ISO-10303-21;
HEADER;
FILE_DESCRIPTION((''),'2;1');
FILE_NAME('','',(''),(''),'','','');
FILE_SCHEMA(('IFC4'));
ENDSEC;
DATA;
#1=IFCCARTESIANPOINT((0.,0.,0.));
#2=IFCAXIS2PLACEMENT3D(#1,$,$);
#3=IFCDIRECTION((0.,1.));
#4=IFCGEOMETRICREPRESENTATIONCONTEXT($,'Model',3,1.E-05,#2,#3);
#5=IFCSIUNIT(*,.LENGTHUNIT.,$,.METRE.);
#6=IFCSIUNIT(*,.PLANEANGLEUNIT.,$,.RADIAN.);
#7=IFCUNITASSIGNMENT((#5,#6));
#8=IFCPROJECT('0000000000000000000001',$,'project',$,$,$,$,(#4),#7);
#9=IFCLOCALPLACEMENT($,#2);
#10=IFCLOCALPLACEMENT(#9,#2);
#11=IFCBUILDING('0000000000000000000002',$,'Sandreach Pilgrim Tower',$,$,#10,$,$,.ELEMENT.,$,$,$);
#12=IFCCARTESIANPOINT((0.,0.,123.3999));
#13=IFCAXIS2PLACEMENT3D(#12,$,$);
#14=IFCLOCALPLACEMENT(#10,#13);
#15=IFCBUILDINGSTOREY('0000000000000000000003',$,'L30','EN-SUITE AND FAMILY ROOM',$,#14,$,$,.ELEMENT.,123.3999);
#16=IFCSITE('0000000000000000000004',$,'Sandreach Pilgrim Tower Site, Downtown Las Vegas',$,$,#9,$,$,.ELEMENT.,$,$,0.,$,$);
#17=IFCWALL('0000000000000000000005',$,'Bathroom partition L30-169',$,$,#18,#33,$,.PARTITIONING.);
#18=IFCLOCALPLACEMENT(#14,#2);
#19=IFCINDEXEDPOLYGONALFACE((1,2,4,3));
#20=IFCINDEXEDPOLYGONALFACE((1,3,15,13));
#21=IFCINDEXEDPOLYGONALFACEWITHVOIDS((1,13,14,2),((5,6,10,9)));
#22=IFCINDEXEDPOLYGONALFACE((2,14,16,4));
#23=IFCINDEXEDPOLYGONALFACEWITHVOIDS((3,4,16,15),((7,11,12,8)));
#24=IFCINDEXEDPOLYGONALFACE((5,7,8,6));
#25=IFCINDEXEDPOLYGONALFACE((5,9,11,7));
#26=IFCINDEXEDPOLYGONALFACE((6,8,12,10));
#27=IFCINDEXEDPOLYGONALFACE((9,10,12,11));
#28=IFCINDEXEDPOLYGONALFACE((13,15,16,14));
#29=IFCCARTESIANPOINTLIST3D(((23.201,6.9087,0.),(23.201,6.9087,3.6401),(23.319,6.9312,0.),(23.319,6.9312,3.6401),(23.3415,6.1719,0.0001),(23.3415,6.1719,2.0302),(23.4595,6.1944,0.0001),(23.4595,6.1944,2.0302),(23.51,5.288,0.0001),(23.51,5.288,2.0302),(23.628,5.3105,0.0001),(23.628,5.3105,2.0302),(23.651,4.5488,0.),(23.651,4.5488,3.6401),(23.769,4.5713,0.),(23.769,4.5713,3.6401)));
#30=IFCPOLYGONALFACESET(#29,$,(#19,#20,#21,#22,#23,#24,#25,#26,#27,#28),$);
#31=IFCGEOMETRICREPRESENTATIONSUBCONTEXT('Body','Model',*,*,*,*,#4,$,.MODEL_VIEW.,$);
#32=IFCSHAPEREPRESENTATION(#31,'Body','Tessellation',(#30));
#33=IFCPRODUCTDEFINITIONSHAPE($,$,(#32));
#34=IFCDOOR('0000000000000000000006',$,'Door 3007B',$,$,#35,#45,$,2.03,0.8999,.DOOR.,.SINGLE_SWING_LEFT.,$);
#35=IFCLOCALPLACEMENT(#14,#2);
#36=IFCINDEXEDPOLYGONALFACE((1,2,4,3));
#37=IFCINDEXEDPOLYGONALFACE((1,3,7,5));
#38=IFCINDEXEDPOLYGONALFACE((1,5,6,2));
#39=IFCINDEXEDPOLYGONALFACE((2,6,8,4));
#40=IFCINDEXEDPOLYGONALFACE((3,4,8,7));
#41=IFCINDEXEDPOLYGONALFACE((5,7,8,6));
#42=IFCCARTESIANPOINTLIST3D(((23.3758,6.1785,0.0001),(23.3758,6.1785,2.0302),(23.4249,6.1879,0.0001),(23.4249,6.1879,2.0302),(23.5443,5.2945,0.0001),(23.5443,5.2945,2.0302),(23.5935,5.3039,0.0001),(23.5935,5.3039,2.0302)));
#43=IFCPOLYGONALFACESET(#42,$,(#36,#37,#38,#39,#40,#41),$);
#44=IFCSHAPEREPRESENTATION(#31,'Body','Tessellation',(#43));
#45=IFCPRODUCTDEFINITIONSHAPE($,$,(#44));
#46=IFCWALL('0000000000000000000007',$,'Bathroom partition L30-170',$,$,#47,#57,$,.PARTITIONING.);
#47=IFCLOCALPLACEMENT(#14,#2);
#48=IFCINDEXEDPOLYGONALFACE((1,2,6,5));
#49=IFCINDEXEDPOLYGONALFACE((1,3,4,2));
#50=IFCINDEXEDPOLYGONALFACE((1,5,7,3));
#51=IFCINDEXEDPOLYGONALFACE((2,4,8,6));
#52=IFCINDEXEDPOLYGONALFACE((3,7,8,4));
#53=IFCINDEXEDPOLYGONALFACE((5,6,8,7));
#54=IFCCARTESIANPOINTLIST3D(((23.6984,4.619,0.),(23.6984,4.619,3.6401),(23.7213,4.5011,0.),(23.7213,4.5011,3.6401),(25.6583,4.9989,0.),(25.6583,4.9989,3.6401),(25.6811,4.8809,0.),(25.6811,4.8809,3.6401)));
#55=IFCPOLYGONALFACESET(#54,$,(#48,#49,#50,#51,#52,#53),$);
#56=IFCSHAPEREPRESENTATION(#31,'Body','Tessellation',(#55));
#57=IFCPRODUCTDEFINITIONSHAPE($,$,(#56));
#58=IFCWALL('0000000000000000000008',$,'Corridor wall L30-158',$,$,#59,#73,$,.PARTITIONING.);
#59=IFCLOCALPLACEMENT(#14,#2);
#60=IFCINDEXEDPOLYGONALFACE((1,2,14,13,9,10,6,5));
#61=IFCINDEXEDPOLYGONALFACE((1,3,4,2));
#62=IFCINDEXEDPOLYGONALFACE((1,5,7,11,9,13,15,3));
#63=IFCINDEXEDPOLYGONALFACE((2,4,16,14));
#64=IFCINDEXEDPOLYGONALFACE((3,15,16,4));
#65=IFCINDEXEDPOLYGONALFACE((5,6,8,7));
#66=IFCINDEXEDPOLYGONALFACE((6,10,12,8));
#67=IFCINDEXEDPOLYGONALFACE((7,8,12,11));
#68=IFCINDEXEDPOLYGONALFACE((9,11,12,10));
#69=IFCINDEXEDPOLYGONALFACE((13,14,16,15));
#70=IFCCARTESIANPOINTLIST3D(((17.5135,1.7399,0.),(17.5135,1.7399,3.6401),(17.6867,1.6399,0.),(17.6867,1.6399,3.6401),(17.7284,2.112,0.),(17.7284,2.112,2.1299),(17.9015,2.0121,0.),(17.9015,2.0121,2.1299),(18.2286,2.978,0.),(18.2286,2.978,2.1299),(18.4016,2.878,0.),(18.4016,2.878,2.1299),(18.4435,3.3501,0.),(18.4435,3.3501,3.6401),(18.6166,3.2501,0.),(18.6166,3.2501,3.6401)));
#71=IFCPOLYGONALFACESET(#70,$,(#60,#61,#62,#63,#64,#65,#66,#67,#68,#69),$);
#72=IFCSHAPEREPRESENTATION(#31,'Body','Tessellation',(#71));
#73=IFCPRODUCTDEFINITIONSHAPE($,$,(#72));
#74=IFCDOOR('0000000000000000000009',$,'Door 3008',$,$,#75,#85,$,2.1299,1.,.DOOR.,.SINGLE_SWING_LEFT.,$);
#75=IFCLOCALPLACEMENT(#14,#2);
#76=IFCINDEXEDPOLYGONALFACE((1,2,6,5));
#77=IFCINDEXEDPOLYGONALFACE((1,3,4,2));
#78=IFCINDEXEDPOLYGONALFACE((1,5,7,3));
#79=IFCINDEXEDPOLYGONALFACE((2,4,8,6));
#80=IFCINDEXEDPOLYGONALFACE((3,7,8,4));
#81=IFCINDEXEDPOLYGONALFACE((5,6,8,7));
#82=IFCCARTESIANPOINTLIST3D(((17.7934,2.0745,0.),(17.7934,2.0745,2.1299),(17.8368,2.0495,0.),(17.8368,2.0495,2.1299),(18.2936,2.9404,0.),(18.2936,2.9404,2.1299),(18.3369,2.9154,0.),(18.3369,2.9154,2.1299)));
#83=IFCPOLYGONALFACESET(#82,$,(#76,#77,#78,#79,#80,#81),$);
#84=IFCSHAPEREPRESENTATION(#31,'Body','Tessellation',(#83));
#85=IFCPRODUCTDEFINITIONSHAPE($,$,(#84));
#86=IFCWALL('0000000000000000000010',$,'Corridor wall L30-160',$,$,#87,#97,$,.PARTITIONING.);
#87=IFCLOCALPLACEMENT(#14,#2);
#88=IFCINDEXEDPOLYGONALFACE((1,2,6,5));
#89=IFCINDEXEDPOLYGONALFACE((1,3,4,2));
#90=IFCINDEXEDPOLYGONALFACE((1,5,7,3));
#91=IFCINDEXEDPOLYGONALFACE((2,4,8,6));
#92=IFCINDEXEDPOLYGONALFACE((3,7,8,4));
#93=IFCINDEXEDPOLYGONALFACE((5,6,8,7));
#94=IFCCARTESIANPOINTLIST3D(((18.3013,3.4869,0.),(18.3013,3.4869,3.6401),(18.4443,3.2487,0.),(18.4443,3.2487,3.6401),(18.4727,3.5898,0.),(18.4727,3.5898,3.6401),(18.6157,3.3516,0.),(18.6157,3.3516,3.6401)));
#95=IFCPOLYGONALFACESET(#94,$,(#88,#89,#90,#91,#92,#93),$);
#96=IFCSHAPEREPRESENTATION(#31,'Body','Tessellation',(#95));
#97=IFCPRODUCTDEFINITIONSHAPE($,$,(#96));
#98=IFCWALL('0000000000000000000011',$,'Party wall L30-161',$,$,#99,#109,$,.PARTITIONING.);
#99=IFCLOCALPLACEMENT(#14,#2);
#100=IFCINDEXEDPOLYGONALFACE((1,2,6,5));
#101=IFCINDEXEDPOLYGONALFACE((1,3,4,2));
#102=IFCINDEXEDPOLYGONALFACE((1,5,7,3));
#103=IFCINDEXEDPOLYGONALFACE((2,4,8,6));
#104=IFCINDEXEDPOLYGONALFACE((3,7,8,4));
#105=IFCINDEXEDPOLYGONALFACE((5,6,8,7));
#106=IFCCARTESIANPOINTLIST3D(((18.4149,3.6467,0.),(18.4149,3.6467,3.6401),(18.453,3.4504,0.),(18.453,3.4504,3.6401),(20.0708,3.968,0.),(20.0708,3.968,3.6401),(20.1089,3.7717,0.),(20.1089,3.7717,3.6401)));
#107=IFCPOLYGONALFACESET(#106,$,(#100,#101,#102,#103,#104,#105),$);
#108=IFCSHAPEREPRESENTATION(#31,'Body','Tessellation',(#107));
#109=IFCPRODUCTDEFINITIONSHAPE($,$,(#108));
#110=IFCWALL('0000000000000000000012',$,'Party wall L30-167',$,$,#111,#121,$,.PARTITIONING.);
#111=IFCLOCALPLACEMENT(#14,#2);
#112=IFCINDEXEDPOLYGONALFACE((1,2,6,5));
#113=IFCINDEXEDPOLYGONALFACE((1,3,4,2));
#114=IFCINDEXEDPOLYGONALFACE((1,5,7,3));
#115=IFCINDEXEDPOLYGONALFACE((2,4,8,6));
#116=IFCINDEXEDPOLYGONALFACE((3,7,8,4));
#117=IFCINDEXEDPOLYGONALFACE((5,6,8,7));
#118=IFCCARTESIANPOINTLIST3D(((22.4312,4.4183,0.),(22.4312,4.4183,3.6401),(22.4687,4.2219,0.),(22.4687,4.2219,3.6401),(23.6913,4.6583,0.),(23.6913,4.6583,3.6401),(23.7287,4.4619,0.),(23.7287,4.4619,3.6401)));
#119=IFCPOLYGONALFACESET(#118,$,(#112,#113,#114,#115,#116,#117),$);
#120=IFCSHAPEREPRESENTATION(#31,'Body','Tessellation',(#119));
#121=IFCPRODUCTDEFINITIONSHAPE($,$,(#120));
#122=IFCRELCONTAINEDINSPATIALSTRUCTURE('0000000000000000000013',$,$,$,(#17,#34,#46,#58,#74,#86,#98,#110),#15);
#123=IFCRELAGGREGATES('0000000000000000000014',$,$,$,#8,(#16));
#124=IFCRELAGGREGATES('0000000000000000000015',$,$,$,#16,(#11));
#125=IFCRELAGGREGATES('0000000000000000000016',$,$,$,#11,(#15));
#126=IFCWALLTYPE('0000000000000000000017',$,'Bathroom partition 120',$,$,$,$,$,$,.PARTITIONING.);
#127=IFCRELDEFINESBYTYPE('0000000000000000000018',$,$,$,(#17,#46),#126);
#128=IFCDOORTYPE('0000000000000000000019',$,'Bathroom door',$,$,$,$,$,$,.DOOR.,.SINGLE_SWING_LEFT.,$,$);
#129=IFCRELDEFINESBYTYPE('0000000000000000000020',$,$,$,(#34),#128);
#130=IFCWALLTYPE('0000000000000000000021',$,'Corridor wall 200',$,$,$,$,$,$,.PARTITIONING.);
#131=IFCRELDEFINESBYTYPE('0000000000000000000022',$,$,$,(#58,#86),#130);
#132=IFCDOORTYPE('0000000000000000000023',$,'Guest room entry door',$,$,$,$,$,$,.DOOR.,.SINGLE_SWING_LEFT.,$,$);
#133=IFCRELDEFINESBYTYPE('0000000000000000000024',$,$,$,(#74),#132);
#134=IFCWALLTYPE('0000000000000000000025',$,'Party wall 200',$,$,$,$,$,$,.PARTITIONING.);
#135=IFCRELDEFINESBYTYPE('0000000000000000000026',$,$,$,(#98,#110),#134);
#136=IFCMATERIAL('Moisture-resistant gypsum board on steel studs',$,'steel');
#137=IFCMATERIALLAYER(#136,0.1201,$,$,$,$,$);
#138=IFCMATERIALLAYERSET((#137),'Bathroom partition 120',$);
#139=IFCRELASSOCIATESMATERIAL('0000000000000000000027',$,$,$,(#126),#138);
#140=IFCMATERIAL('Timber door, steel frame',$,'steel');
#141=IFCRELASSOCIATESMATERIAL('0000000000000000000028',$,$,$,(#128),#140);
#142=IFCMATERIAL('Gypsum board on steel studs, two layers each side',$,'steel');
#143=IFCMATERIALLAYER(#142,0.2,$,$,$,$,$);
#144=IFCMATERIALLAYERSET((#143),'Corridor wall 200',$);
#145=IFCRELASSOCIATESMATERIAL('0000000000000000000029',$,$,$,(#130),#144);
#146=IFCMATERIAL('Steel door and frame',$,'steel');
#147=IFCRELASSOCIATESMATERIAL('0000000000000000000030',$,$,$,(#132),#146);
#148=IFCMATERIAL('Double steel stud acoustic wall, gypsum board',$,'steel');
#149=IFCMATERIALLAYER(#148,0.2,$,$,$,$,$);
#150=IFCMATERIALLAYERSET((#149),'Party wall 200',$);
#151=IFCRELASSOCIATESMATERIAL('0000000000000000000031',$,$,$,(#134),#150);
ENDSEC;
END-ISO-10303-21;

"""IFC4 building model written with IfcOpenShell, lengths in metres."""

from ifc_helpers import new_model, si_unit, direction, frame, frame_2d, origin, place, context, subcontext, project, spatial, rectangle, extrude, material, layer, layer_set, type_object, element, fill, save


model = new_model("IFC4")

# Units and contexts
model_context = context("Model", 3, precision=1e-05, world=origin(), true_north=direction((0.0, 1.0)))
body_context = subcontext(model_context, "Body", "Model", "MODEL_VIEW")
ifc_project = project(units=[si_unit("LENGTHUNIT", "METRE"), si_unit("PLANEANGLEUNIT", "RADIAN")], contexts=[model_context])

# Site, building, storey
site_placement = place(None, origin())
site = spatial("IfcSite", under=ifc_project, at=site_placement, Name="Sandreach Pilgrim Tower Site, Downtown Las Vegas", CompositionType="ELEMENT", RefElevation=0.0)
building_placement = place(site_placement, origin())
building = spatial("IfcBuilding", under=site, at=building_placement, Name="Sandreach Pilgrim Tower", CompositionType="ELEMENT")
storey_placement = place(building_placement, frame((0.0, 0.0, 123.3999)))
storey = spatial("IfcBuildingStorey", under=building, at=storey_placement, Name="L30", Description="EN-SUITE AND FAMILY ROOM", CompositionType="ELEMENT", Elevation=123.3999)

# Shared definitions
ifc_material_1 = material(Name="Moisture-resistant gypsum board on steel studs", Category="steel")
ifc_layer_1 = layer(ifc_material_1, 0.1201)
ifc_layer_set_1 = layer_set([ifc_layer_1], Name="Bathroom partition 120")
wall_type_1 = type_object("IfcWallType", Name="Bathroom partition 120", PredefinedType="PARTITIONING", material=ifc_layer_set_1)

# Shared definitions
ifc_material_2 = material(Name="Timber door, steel frame", Category="steel")
door_type_1 = type_object("IfcDoorType", Name="Bathroom door", OperationType="SINGLE_SWING_LEFT", PredefinedType="DOOR", material=ifc_material_2)

# Wall, opening, door
wall_1_placement = place(storey_placement, frame((23.26, 6.9199, 0.0), z_axis=(0.0, 0.0, 1.0), x_axis=(0.187294, -0.982304, 0.0)))
wall_1 = element("IfcWall", 1, at=wall_1_placement, inside=storey, type_object=wall_type_1, Name="Bathroom partition L30-169", PredefinedType="PARTITIONING", context=body_context, shape_type="SweptSolid", body=[
    extrude(rectangle(XDim=2.4023, YDim=0.1201, at=frame_2d((1.2012, 0.0))), origin(), (0.0, 0.0, 1.0), 3.6401),
])
opening_1_placement = place(wall_1_placement, frame((0.75, 0.0, 0.0)))
opening_1 = element("IfcOpeningElement", 2, at=opening_1_placement, cuts=wall_1, PredefinedType="OPENING", context=body_context, shape_type="SweptSolid", body=[
    extrude(rectangle(XDim=0.8999, YDim=2.03, at=frame_2d((0.45, 1.0151))), frame((0.0, 0.0601, 0.0), z_axis=(0.0, -1.0, 0.0), x_axis=(1.0, 0.0, 0.0)), (0.0, 0.0, 1.0), 0.1201),
])
door_1_placement = place(opening_1_placement, origin())
door_1 = element("IfcDoor", 3, at=door_1_placement, inside=storey, type_object=door_type_1, Name="Door 3007B", OperationType="SINGLE_SWING_LEFT", OverallHeight=2.03, OverallWidth=0.8999, PredefinedType="DOOR", context=body_context, shape_type="SweptSolid", body=[
    extrude(rectangle(XDim=0.8999, YDim=2.03, at=frame_2d((0.45, 1.0151))), frame((0.0, 0.0249, 0.0), z_axis=(0.0, -1.0, 0.0), x_axis=(1.0, 0.0, 0.0)), (0.0, 0.0, 1.0), 0.05),
])
fill(opening_1, door_1)

# Wall
wall_2_placement = place(storey_placement, frame((23.71, 4.5601, 0.0), z_axis=(0.0, 0.0, 1.0), x_axis=(0.98173, 0.19028, 0.0)))
element("IfcWall", 4, at=wall_2_placement, inside=storey, type_object=wall_type_1, Name="Bathroom partition L30-170", PredefinedType="PARTITIONING", context=body_context, shape_type="SweptSolid", body=[
    extrude(rectangle(XDim=1.9963, YDim=0.1201, at=frame_2d((0.998, 0.0))), origin(), (0.0, 0.0, 1.0), 3.6401),
])

# Wall, opening, door
ifc_material_3 = material(Name="Gypsum board on steel studs, two layers each side", Category="steel")
ifc_layer_2 = layer(ifc_material_3, 0.2)
ifc_layer_set_2 = layer_set([ifc_layer_2], Name="Corridor wall 200")
wall_type_2 = type_object("IfcWallType", Name="Corridor wall 200", PredefinedType="PARTITIONING", material=ifc_layer_set_2)
ifc_material_4 = material(Name="Steel door and frame", Category="steel")
door_type_2 = type_object("IfcDoorType", Name="Guest room entry door", OperationType="SINGLE_SWING_LEFT", PredefinedType="DOOR", material=ifc_material_4)
wall_3_placement = place(storey_placement, frame((17.6001, 1.6899, 0.0), z_axis=(0.0, 0.0, 1.0), x_axis=(0.500135, 0.865947, 0.0)))
wall_3 = element("IfcWall", 5, at=wall_3_placement, inside=storey, type_object=wall_type_2, Name="Corridor wall L30-158", PredefinedType="PARTITIONING", context=body_context, shape_type="SweptSolid", body=[
    extrude(rectangle(XDim=1.8594, YDim=0.2, at=frame_2d((0.9297, 0.0))), origin(), (0.0, 0.0, 1.0), 3.6401),
])
opening_2_placement = place(wall_3_placement, frame((0.4297, 0.0, 0.0)))
opening_2 = element("IfcOpeningElement", 6, at=opening_2_placement, cuts=wall_3, PredefinedType="OPENING", context=body_context, shape_type="SweptSolid", body=[
    extrude(rectangle(XDim=1.0, YDim=2.1299, at=frame_2d((0.5, 1.0649))), frame((0.0, 0.1001, 0.0), z_axis=(0.0, -1.0, 0.0), x_axis=(1.0, 0.0, 0.0)), (0.0, 0.0, 1.0), 0.2),
])
door_2_placement = place(opening_2_placement, origin())
door_2 = element("IfcDoor", 7, at=door_2_placement, inside=storey, type_object=door_type_2, Name="Door 3008", OperationType="SINGLE_SWING_LEFT", OverallHeight=2.1299, OverallWidth=1.0, PredefinedType="DOOR", context=body_context, shape_type="SweptSolid", body=[
    extrude(rectangle(XDim=1.0, YDim=2.1299, at=frame_2d((0.5, 1.0649))), frame((0.0, 0.0249, 0.0), z_axis=(0.0, -1.0, 0.0), x_axis=(1.0, 0.0, 0.0)), (0.0, 0.0, 1.0), 0.05),
])
fill(opening_2, door_2)

# Walls
wall_4_placement = place(storey_placement, frame((18.387, 3.5383, 0.0), z_axis=(0.0, 0.0, 1.0), x_axis=(0.514754, -0.857338, 0.0)))
element("IfcWall", 8, at=wall_4_placement, inside=storey, type_object=wall_type_2, Name="Corridor wall L30-160", PredefinedType="PARTITIONING", context=body_context, shape_type="SweptSolid", body=[
    extrude(rectangle(XDim=0.2778, YDim=0.2, at=frame_2d((0.1389, 0.0))), origin(), (0.0, 0.0, 1.0), 3.6401),
])
ifc_material_5 = material(Name="Double steel stud acoustic wall, gypsum board", Category="steel")
ifc_layer_3 = layer(ifc_material_5, 0.2)
ifc_layer_set_3 = layer_set([ifc_layer_3], Name="Party wall 200")
wall_type_3 = type_object("IfcWallType", Name="Party wall 200", PredefinedType="PARTITIONING", material=ifc_layer_set_3)
wall_5_placement = place(storey_placement, frame((18.4341, 3.5486, 0.0), z_axis=(0.0, 0.0, 1.0), x_axis=(0.981694, 0.190463, 0.0)))
element("IfcWall", 9, at=wall_5_placement, inside=storey, type_object=wall_type_3, Name="Party wall L30-161", PredefinedType="PARTITIONING", context=body_context, shape_type="SweptSolid", body=[
    extrude(rectangle(XDim=1.6868, YDim=0.2, at=frame_2d((0.8433, 0.0))), origin(), (0.0, 0.0, 1.0), 3.6401),
])
wall_6_placement = place(storey_placement, frame((22.45, 4.3201, 0.0), z_axis=(0.0, 0.0, 1.0), x_axis=(0.98234, 0.187103, 0.0)))
element("IfcWall", 10, at=wall_6_placement, inside=storey, type_object=wall_type_3, Name="Party wall L30-167", PredefinedType="PARTITIONING", context=body_context, shape_type="SweptSolid", body=[
    extrude(rectangle(XDim=1.2827, YDim=0.2, at=frame_2d((0.6414, 0.0))), origin(), (0.0, 0.0, 1.0), 3.6401),
])

save(model, "model.ifc")
